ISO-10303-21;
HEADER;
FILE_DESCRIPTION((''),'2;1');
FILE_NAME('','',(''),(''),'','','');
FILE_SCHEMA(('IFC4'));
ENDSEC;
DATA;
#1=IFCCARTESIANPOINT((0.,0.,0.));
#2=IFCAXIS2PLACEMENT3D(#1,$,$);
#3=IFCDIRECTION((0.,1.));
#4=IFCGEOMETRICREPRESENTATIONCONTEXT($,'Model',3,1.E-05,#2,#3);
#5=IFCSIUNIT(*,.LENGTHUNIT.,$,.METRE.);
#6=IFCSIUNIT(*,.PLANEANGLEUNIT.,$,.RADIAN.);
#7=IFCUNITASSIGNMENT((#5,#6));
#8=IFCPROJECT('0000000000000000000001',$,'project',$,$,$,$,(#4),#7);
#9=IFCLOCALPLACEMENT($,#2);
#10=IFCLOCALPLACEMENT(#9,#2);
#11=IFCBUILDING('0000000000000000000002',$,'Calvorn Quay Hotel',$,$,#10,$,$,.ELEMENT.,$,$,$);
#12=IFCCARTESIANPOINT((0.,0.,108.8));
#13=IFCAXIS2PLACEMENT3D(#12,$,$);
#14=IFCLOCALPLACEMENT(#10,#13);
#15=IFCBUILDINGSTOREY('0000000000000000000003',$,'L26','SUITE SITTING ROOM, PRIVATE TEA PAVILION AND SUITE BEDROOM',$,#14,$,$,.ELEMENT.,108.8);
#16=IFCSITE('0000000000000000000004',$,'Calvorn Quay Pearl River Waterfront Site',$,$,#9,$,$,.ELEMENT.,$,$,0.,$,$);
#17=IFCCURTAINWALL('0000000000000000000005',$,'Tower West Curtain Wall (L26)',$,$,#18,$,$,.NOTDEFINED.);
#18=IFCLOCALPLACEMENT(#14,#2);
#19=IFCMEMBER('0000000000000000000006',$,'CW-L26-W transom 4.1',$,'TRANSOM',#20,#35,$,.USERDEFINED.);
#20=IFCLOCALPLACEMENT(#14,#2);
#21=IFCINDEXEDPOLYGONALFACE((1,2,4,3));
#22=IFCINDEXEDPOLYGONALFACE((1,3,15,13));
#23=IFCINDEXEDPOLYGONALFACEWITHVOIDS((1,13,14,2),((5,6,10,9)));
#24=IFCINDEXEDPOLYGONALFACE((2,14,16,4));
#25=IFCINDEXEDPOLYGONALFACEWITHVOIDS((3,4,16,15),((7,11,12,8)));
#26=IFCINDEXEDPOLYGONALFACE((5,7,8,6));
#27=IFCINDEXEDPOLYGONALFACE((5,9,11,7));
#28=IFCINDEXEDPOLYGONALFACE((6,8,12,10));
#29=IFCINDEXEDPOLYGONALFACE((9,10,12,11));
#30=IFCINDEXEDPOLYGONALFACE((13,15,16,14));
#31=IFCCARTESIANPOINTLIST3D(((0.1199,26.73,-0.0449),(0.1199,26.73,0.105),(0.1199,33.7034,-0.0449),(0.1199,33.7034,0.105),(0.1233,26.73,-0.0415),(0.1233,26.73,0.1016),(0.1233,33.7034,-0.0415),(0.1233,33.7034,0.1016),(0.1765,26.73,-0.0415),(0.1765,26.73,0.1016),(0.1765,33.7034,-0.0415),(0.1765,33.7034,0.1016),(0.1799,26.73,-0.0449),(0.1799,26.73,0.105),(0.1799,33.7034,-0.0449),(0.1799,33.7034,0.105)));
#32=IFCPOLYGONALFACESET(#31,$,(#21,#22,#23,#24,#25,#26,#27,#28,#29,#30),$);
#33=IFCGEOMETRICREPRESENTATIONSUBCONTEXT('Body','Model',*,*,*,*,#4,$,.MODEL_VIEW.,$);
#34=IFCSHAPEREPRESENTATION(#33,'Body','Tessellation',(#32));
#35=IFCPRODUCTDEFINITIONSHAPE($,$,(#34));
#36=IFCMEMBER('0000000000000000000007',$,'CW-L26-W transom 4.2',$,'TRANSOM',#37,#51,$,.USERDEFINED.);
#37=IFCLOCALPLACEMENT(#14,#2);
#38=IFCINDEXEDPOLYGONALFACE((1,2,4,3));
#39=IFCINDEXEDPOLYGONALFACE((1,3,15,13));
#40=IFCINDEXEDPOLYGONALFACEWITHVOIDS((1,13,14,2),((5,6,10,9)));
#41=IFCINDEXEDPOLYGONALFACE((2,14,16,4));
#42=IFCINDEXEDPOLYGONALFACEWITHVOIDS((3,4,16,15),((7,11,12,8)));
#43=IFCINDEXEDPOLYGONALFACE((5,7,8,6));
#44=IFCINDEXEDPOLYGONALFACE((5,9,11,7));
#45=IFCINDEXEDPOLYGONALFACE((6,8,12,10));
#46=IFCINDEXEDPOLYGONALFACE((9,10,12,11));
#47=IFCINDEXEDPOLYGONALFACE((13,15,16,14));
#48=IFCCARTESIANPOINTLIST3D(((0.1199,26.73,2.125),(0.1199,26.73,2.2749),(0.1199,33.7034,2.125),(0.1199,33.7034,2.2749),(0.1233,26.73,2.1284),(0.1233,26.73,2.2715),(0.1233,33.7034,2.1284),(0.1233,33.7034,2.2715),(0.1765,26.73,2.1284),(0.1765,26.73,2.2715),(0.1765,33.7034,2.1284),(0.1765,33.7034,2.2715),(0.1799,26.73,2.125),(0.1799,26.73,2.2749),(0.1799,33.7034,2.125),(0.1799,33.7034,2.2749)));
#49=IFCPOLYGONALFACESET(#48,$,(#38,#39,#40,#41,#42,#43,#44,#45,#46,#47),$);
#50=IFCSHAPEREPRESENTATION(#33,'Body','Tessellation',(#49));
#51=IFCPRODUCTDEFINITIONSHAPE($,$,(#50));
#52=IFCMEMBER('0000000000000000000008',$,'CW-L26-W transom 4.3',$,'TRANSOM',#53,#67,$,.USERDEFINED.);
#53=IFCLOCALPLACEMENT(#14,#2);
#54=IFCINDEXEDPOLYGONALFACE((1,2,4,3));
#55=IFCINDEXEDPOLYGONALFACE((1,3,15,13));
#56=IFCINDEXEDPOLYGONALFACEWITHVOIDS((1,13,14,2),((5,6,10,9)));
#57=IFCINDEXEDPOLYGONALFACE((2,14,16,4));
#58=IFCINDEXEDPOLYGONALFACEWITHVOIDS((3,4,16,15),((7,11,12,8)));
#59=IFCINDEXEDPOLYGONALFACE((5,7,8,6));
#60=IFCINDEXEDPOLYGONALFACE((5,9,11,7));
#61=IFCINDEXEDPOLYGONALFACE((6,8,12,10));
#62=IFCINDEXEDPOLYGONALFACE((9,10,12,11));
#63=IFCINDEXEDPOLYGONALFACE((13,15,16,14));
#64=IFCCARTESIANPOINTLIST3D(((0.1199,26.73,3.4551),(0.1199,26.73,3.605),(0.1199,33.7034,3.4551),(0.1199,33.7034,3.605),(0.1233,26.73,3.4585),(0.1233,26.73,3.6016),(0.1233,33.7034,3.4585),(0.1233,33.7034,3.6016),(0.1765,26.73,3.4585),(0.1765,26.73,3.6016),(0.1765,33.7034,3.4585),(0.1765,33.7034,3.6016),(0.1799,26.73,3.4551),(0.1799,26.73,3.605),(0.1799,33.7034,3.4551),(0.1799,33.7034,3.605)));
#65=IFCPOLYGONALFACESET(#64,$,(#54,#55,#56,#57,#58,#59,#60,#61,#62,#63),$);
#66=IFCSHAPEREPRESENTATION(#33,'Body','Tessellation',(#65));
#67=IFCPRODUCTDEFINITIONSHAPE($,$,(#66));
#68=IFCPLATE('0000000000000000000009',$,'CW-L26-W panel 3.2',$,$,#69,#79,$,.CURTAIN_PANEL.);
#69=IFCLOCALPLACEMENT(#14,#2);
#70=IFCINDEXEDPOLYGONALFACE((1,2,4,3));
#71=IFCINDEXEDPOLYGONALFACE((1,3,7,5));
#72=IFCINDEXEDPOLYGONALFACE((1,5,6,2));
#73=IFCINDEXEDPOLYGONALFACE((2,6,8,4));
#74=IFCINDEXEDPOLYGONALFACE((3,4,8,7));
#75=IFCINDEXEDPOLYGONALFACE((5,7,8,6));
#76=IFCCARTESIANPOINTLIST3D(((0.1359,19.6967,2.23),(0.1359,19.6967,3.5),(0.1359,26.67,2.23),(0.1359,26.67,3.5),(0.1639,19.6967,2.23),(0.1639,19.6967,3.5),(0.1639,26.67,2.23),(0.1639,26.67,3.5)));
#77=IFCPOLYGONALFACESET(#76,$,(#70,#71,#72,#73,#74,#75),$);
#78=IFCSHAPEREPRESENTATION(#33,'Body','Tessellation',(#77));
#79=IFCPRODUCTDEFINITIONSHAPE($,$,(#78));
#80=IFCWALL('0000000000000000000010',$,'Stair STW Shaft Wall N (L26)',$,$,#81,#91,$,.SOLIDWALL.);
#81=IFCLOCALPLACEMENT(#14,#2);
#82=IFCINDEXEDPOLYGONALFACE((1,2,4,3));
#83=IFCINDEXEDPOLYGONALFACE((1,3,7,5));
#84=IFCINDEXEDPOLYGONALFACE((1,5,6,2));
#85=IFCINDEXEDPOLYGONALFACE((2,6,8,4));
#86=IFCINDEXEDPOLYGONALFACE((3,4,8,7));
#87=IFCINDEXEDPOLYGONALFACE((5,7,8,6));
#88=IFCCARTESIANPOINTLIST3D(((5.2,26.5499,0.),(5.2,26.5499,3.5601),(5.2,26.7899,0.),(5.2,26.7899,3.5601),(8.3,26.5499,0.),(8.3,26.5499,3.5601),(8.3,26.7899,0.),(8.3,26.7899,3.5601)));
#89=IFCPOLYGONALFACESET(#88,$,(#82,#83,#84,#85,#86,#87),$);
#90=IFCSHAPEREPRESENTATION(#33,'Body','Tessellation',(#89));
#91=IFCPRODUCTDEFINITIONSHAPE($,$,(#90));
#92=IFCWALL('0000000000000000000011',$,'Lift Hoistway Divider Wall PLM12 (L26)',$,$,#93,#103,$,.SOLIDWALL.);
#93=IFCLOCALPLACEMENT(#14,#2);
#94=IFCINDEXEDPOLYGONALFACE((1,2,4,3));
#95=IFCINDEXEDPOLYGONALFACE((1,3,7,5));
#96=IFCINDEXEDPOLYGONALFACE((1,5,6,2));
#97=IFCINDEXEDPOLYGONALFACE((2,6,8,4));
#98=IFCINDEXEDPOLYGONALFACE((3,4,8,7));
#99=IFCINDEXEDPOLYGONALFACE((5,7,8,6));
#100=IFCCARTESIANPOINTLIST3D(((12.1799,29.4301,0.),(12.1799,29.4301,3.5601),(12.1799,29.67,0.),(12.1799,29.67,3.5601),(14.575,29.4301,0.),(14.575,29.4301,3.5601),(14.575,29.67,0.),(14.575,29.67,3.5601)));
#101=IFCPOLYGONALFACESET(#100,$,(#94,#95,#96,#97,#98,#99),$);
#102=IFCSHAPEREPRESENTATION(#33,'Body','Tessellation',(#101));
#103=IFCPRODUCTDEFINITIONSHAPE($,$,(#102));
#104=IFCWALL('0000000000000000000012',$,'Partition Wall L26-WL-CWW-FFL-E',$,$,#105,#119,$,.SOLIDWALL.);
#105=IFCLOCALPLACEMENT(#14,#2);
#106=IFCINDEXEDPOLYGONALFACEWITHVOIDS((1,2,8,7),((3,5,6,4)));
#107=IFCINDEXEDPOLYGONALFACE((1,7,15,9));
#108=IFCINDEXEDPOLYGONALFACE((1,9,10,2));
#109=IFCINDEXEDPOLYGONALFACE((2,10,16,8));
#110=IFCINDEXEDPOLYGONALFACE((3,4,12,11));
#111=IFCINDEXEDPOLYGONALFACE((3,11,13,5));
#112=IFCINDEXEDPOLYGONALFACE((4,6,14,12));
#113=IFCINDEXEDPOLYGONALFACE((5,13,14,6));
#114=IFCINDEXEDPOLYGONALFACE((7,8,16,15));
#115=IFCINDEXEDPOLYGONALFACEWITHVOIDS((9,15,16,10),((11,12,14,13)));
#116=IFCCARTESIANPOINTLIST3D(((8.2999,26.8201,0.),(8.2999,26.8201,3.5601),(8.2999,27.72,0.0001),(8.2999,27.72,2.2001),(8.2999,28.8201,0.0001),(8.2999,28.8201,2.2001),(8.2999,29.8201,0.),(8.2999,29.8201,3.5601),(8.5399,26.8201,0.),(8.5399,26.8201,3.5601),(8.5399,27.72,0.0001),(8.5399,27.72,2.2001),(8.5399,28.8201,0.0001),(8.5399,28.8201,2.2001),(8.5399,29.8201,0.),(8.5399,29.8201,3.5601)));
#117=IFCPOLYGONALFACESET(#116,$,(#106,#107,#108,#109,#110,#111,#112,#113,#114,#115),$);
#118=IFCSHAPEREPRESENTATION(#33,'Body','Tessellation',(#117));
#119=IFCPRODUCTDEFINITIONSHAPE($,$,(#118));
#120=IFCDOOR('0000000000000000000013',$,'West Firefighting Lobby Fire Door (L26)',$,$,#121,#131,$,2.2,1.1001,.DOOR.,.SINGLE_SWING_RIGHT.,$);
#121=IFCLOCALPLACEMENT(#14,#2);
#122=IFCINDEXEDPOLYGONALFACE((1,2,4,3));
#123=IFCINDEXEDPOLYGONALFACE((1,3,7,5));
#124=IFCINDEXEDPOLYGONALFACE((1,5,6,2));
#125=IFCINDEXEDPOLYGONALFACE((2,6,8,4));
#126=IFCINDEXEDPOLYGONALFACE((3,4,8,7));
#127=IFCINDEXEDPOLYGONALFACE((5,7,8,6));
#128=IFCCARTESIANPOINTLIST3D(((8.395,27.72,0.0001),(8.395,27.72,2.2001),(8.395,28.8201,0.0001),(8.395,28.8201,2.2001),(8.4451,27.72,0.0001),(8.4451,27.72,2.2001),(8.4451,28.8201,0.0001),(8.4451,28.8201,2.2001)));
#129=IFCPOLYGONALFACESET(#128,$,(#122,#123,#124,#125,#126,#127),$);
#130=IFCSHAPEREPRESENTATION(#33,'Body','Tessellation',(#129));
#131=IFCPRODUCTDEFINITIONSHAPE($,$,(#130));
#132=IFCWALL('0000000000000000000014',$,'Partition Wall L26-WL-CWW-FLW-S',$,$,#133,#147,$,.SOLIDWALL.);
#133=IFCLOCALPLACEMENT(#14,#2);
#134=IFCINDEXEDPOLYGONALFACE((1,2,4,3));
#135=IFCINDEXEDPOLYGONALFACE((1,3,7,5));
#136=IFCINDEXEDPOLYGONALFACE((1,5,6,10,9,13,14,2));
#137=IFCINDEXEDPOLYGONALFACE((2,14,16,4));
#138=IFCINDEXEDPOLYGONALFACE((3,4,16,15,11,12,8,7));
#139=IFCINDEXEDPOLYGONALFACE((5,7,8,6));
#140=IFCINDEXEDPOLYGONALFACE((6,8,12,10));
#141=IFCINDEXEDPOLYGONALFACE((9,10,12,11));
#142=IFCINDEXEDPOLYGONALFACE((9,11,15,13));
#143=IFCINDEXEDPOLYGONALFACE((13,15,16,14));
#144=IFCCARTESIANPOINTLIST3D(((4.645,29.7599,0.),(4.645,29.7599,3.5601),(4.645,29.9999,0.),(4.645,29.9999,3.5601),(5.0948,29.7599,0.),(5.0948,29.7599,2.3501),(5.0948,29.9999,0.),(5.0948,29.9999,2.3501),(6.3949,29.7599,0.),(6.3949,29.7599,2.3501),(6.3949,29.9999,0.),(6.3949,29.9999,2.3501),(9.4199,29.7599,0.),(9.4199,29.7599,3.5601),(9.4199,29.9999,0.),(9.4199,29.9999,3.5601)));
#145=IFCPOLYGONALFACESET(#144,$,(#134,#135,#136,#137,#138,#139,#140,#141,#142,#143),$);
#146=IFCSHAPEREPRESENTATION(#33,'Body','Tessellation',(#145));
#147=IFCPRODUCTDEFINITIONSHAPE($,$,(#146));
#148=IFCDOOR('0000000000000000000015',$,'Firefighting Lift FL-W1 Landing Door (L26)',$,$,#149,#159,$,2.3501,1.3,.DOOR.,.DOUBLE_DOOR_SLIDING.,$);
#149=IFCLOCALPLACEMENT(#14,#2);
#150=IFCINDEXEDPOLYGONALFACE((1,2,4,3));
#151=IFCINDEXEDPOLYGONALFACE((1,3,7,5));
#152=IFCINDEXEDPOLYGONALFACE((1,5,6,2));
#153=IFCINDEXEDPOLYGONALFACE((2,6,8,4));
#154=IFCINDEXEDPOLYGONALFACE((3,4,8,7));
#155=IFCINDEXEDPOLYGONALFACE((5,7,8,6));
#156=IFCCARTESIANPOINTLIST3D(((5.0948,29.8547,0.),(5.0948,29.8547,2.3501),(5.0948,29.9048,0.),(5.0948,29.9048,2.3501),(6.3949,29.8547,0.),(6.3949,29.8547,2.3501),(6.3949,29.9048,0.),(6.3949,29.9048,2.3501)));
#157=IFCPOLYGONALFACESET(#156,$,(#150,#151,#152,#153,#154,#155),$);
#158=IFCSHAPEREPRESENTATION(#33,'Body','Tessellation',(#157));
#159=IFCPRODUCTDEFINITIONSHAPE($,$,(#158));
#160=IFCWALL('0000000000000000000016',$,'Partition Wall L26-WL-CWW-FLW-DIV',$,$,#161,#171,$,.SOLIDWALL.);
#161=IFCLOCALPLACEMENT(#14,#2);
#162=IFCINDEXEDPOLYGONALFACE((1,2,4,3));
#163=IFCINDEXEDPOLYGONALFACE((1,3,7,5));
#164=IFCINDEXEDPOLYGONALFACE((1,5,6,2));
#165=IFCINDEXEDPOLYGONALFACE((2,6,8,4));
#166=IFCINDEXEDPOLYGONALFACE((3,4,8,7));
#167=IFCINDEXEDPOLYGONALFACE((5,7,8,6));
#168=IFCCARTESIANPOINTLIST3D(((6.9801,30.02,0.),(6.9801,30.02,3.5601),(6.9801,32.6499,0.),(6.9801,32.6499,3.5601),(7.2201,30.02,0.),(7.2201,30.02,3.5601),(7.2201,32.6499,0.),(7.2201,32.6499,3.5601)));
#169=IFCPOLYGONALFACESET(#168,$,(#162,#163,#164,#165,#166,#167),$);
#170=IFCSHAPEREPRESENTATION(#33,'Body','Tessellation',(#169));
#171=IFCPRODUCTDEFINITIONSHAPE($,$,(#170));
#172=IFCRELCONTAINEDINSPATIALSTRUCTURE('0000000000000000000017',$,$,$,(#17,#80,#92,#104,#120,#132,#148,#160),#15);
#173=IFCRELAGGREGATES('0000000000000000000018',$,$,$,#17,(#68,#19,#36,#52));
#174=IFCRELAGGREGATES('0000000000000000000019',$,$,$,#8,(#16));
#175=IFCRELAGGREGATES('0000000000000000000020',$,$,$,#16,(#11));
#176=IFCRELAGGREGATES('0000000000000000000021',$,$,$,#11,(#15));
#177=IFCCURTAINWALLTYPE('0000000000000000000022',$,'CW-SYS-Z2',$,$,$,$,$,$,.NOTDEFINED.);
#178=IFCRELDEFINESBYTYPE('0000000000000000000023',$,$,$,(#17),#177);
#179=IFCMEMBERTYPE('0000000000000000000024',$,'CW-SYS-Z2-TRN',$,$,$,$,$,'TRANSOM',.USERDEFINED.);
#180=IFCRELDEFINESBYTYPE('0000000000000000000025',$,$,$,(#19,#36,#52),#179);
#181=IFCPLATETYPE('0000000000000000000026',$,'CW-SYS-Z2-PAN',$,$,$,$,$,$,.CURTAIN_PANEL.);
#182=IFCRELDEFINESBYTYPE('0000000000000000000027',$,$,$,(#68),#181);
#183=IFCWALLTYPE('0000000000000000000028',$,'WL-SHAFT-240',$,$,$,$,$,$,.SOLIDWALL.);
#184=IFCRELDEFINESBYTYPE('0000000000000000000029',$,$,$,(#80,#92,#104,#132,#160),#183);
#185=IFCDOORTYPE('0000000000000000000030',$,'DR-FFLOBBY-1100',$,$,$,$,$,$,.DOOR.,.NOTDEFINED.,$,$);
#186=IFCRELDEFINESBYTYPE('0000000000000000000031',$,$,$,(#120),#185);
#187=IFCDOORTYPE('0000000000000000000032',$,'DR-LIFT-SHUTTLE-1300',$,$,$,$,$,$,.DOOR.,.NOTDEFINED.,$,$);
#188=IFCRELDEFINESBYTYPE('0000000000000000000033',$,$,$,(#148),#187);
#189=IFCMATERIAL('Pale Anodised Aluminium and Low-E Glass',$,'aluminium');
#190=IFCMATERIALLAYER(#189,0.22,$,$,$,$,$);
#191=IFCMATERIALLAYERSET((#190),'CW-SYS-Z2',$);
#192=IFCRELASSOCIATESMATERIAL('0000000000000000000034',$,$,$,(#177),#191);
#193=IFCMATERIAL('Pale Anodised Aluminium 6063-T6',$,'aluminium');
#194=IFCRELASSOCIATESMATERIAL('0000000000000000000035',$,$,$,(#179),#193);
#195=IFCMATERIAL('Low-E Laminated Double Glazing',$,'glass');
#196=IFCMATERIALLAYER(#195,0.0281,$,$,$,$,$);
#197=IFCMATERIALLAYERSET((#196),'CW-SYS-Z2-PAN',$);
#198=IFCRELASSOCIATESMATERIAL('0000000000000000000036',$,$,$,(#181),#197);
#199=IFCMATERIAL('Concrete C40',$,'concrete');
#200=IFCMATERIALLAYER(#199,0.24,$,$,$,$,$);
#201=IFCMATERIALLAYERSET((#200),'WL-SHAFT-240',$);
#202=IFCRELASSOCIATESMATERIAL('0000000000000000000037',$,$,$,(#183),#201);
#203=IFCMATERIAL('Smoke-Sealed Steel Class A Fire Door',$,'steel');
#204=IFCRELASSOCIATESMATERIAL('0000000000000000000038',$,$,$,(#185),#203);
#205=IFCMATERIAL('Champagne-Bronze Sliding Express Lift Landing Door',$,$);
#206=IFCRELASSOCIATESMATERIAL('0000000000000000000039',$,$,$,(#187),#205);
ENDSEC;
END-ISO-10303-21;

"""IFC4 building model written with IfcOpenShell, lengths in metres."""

from ifc_helpers import new_model, si_unit, direction, frame, frame_2d, origin, origin_2d, place, context, subcontext, project, spatial, rectangle, hollow_rectangle, extrude, material, layer, layer_set, material_profile, profile_set, type_object, element, fill, aggregate, save


model = new_model("IFC4")

# Units and contexts
model_context = context("Model", 3, precision=1e-05, world=origin(), true_north=direction((0.0, 1.0)))
body_context = subcontext(model_context, "Body", "Model", "MODEL_VIEW")
ifc_project = project(units=[si_unit("LENGTHUNIT", "METRE"), si_unit("PLANEANGLEUNIT", "RADIAN")], contexts=[model_context])

# Site, building, storey
site_placement = place(None, origin())
site = spatial("IfcSite", under=ifc_project, at=site_placement, Name="Calvorn Quay Pearl River Waterfront Site", CompositionType="ELEMENT", RefElevation=0.0)
building_placement = place(site_placement, origin())
building = spatial("IfcBuilding", under=site, at=building_placement, Name="Calvorn Quay Hotel", CompositionType="ELEMENT")
storey_placement = place(building_placement, frame((0.0, 0.0, 108.8)))
storey = spatial("IfcBuildingStorey", under=building, at=storey_placement, Name="L26", Description="SUITE SITTING ROOM, PRIVATE TEA PAVILION AND SUITE BEDROOM", CompositionType="ELEMENT", Elevation=108.8)

# Curtain wall, members, plate
ifc_material_1 = material(Name="Pale Anodised Aluminium and Low-E Glass", Category="aluminium")
ifc_layer_1 = layer(ifc_material_1, 0.22)
ifc_layer_set_1 = layer_set([ifc_layer_1], Name="CW-SYS-Z2")
curtain_wall_type = type_object("IfcCurtainWallType", Name="CW-SYS-Z2", PredefinedType="NOTDEFINED", material=ifc_layer_set_1)
curtain_wall_placement = place(storey_placement, origin())
curtain_wall = element("IfcCurtainWall", 1, at=curtain_wall_placement, inside=storey, type_object=curtain_wall_type, Name="Tower West Curtain Wall (L26)", PredefinedType="NOTDEFINED")
ifc_material_2 = material(Name="Pale Anodised Aluminium 6063-T6", Category="aluminium")
ifc_material_profile_1 = material_profile(ifc_material_2, hollow_rectangle(XDim=0.0601, YDim=0.1499, WallThickness=0.0034, at=origin_2d()), Name="ALU-T150x60x3.5")
ifc_profile_set_1 = profile_set([ifc_material_profile_1], Name="Pale Anodised Aluminium 6063-T6")
member_type_1 = type_object("IfcMemberType", Name="CW-SYS-Z2-TRN", ElementType="TRANSOM", PredefinedType="USERDEFINED", material=ifc_profile_set_1)
member_1_placement = place(storey_placement, frame((0.1499, 26.73, 0.03), z_axis=(0.0, 1.0, 0.0), x_axis=(-1.0, 0.0, 0.0)))
member_1 = element("IfcMember", 2, at=member_1_placement, type_object=member_type_1, Name="CW-L26-W transom 4.1", ObjectType="TRANSOM", PredefinedType="USERDEFINED", context=body_context, shape_type="SweptSolid", body=[
    extrude(hollow_rectangle(XDim=0.0601, YDim=0.1499, WallThickness=0.0034, at=origin_2d()), origin(), (0.0, 0.0, 1.0), 6.9734),
])
member_2_placement = place(storey_placement, frame((0.1499, 26.73, 2.2), z_axis=(0.0, 1.0, 0.0), x_axis=(-1.0, 0.0, 0.0)))
member_2 = element("IfcMember", 3, at=member_2_placement, type_object=member_type_1, Name="CW-L26-W transom 4.2", ObjectType="TRANSOM", PredefinedType="USERDEFINED", context=body_context, shape_type="SweptSolid", body=[
    extrude(hollow_rectangle(XDim=0.0601, YDim=0.1499, WallThickness=0.0034, at=origin_2d()), origin(), (0.0, 0.0, 1.0), 6.9734),
])
member_3_placement = place(storey_placement, frame((0.1499, 26.73, 3.53), z_axis=(0.0, 1.0, 0.0), x_axis=(-1.0, 0.0, 0.0)))
member_3 = element("IfcMember", 4, at=member_3_placement, type_object=member_type_1, Name="CW-L26-W transom 4.3", ObjectType="TRANSOM", PredefinedType="USERDEFINED", context=body_context, shape_type="SweptSolid", body=[
    extrude(hollow_rectangle(XDim=0.0601, YDim=0.1499, WallThickness=0.0034, at=origin_2d()), origin(), (0.0, 0.0, 1.0), 6.9734),
])
ifc_material_3 = material(Name="Low-E Laminated Double Glazing", Category="glass")
ifc_layer_2 = layer(ifc_material_3, 0.0281)
ifc_layer_set_2 = layer_set([ifc_layer_2], Name="CW-SYS-Z2-PAN")
plate_type = type_object("IfcPlateType", Name="CW-SYS-Z2-PAN", PredefinedType="CURTAIN_PANEL", material=ifc_layer_set_2)
plate_placement = place(storey_placement, frame((0.1499, 23.1833, 2.23), z_axis=(0.0, 0.0, 1.0), x_axis=(0.0, 1.0, 0.0)))
plate = element("IfcPlate", 5, at=plate_placement, type_object=plate_type, Name="CW-L26-W panel 3.2", PredefinedType="CURTAIN_PANEL", context=body_context, shape_type="SweptSolid", body=[
    extrude(rectangle(XDim=6.9734, YDim=0.0281, at=origin_2d()), origin(), (0.0, 0.0, 1.0), 1.27),
])
aggregate(curtain_wall, [plate, member_1, member_2, member_3])

# Walls
ifc_material_4 = material(Name="Concrete C40", Category="concrete")
ifc_layer_3 = layer(ifc_material_4, 0.24)
ifc_layer_set_3 = layer_set([ifc_layer_3], Name="WL-SHAFT-240")
wall_type_1 = type_object("IfcWallType", Name="WL-SHAFT-240", PredefinedType="SOLIDWALL", material=ifc_layer_set_3)
wall_1_placement = place(storey_placement, frame((5.2, 26.6699, 0.0), z_axis=(0.0, 0.0, 1.0), x_axis=(1.0, 0.0, 0.0)))
element("IfcWall", 6, at=wall_1_placement, inside=storey, type_object=wall_type_1, Name="Stair STW Shaft Wall N (L26)", PredefinedType="SOLIDWALL", context=body_context, shape_type="SweptSolid", body=[
    extrude(rectangle(XDim=3.1001, YDim=0.24, at=frame_2d((1.55, 0.0))), origin(), (0.0, 0.0, 1.0), 3.5601),
])
wall_2_placement = place(storey_placement, frame((12.1799, 29.55, 0.0), z_axis=(0.0, 0.0, 1.0), x_axis=(1.0, 0.0, 0.0)))
element("IfcWall", 7, at=wall_2_placement, inside=storey, type_object=wall_type_1, Name="Lift Hoistway Divider Wall PLM12 (L26)", PredefinedType="SOLIDWALL", context=body_context, shape_type="SweptSolid", body=[
    extrude(rectangle(XDim=2.395, YDim=0.24, at=frame_2d((1.1975, 0.0))), origin(), (0.0, 0.0, 1.0), 3.5601),
])

# Walls, openings, doors
wall_3_placement = place(storey_placement, frame((8.4199, 26.8201, 0.0), z_axis=(0.0, 0.0, 1.0), x_axis=(0.0, 1.0, 0.0)))
wall_3 = element("IfcWall", 8, at=wall_3_placement, inside=storey, type_object=wall_type_1, Name="Partition Wall L26-WL-CWW-FFL-E", PredefinedType="SOLIDWALL", context=body_context, shape_type="SweptSolid", body=[
    extrude(rectangle(XDim=3.0, YDim=0.24, at=frame_2d((1.5, 0.0))), origin(), (0.0, 0.0, 1.0), 3.5601),
])
opening_1_placement = place(wall_3_placement, frame((0.8999, 0.0, 0.0)))
opening_1 = element("IfcOpeningElement", 9, at=opening_1_placement, cuts=wall_3, PredefinedType="OPENING", context=body_context, shape_type="SweptSolid", body=[
    extrude(rectangle(XDim=1.1001, YDim=2.2, at=frame_2d((0.55, 1.1001))), frame((0.0, 0.1299, 0.0), z_axis=(0.0, -1.0, 0.0), x_axis=(1.0, 0.0, 0.0)), (0.0, 0.0, 1.0), 0.26),
])
ifc_material_5 = material(Name="Smoke-Sealed Steel Class A Fire Door", Category="steel")
door_type_1 = type_object("IfcDoorType", Name="DR-FFLOBBY-1100", OperationType="NOTDEFINED", PredefinedType="DOOR", material=ifc_material_5)
door_1_placement = place(opening_1_placement, origin())
door_1 = element("IfcDoor", 10, at=door_1_placement, inside=storey, type_object=door_type_1, Name="West Firefighting Lobby Fire Door (L26)", OperationType="SINGLE_SWING_RIGHT", OverallHeight=2.2, OverallWidth=1.1001, PredefinedType="DOOR", context=body_context, shape_type="SweptSolid", body=[
    extrude(rectangle(XDim=1.1001, YDim=2.2, at=frame_2d((0.55, 1.1001))), frame((0.0, 0.0249, 0.0), z_axis=(0.0, -1.0, 0.0), x_axis=(1.0, 0.0, 0.0)), (0.0, 0.0, 1.0), 0.05),
])
fill(opening_1, door_1)
wall_4_placement = place(storey_placement, frame((4.645, 29.8799, 0.0), z_axis=(0.0, 0.0, 1.0), x_axis=(1.0, 0.0, 0.0)))
wall_4 = element("IfcWall", 11, at=wall_4_placement, inside=storey, type_object=wall_type_1, Name="Partition Wall L26-WL-CWW-FLW-S", PredefinedType="SOLIDWALL", context=body_context, shape_type="SweptSolid", body=[
    extrude(rectangle(XDim=4.7749, YDim=0.24, at=frame_2d((2.3875, 0.0))), origin(), (0.0, 0.0, 1.0), 3.5601),
])
opening_2_placement = place(wall_4_placement, frame((0.45, 0.0, 0.0)))
opening_2 = element("IfcOpeningElement", 12, at=opening_2_placement, cuts=wall_4, PredefinedType="OPENING", context=body_context, shape_type="SweptSolid", body=[
    extrude(rectangle(XDim=1.3, YDim=2.3501, at=frame_2d((0.6499, 1.175))), frame((0.0, 0.1299, 0.0), z_axis=(0.0, -1.0, 0.0), x_axis=(1.0, 0.0, 0.0)), (0.0, 0.0, 1.0), 0.26),
])
ifc_material_6 = material(Name="Champagne-Bronze Sliding Express Lift Landing Door")
door_type_2 = type_object("IfcDoorType", Name="DR-LIFT-SHUTTLE-1300", OperationType="NOTDEFINED", PredefinedType="DOOR", material=ifc_material_6)
door_2_placement = place(opening_2_placement, origin())
door_2 = element("IfcDoor", 13, at=door_2_placement, inside=storey, type_object=door_type_2, Name="Firefighting Lift FL-W1 Landing Door (L26)", OperationType="DOUBLE_DOOR_SLIDING", OverallHeight=2.3501, OverallWidth=1.3, PredefinedType="DOOR", context=body_context, shape_type="SweptSolid", body=[
    extrude(rectangle(XDim=1.3, YDim=2.3501, at=frame_2d((0.6499, 1.175))), frame((0.0, 0.0249, 0.0), z_axis=(0.0, -1.0, 0.0), x_axis=(1.0, 0.0, 0.0)), (0.0, 0.0, 1.0), 0.05),
])
fill(opening_2, door_2)

# Wall
wall_5_placement = place(storey_placement, frame((7.1001, 30.02, 0.0), z_axis=(0.0, 0.0, 1.0), x_axis=(0.0, 1.0, 0.0)))
element("IfcWall", 14, at=wall_5_placement, inside=storey, type_object=wall_type_1, Name="Partition Wall L26-WL-CWW-FLW-DIV", PredefinedType="SOLIDWALL", context=body_context, shape_type="SweptSolid", body=[
    extrude(rectangle(XDim=2.6299, YDim=0.24, at=frame_2d((1.3149, 0.0))), origin(), (0.0, 0.0, 1.0), 3.5601),
])

save(model, "model.ifc")
